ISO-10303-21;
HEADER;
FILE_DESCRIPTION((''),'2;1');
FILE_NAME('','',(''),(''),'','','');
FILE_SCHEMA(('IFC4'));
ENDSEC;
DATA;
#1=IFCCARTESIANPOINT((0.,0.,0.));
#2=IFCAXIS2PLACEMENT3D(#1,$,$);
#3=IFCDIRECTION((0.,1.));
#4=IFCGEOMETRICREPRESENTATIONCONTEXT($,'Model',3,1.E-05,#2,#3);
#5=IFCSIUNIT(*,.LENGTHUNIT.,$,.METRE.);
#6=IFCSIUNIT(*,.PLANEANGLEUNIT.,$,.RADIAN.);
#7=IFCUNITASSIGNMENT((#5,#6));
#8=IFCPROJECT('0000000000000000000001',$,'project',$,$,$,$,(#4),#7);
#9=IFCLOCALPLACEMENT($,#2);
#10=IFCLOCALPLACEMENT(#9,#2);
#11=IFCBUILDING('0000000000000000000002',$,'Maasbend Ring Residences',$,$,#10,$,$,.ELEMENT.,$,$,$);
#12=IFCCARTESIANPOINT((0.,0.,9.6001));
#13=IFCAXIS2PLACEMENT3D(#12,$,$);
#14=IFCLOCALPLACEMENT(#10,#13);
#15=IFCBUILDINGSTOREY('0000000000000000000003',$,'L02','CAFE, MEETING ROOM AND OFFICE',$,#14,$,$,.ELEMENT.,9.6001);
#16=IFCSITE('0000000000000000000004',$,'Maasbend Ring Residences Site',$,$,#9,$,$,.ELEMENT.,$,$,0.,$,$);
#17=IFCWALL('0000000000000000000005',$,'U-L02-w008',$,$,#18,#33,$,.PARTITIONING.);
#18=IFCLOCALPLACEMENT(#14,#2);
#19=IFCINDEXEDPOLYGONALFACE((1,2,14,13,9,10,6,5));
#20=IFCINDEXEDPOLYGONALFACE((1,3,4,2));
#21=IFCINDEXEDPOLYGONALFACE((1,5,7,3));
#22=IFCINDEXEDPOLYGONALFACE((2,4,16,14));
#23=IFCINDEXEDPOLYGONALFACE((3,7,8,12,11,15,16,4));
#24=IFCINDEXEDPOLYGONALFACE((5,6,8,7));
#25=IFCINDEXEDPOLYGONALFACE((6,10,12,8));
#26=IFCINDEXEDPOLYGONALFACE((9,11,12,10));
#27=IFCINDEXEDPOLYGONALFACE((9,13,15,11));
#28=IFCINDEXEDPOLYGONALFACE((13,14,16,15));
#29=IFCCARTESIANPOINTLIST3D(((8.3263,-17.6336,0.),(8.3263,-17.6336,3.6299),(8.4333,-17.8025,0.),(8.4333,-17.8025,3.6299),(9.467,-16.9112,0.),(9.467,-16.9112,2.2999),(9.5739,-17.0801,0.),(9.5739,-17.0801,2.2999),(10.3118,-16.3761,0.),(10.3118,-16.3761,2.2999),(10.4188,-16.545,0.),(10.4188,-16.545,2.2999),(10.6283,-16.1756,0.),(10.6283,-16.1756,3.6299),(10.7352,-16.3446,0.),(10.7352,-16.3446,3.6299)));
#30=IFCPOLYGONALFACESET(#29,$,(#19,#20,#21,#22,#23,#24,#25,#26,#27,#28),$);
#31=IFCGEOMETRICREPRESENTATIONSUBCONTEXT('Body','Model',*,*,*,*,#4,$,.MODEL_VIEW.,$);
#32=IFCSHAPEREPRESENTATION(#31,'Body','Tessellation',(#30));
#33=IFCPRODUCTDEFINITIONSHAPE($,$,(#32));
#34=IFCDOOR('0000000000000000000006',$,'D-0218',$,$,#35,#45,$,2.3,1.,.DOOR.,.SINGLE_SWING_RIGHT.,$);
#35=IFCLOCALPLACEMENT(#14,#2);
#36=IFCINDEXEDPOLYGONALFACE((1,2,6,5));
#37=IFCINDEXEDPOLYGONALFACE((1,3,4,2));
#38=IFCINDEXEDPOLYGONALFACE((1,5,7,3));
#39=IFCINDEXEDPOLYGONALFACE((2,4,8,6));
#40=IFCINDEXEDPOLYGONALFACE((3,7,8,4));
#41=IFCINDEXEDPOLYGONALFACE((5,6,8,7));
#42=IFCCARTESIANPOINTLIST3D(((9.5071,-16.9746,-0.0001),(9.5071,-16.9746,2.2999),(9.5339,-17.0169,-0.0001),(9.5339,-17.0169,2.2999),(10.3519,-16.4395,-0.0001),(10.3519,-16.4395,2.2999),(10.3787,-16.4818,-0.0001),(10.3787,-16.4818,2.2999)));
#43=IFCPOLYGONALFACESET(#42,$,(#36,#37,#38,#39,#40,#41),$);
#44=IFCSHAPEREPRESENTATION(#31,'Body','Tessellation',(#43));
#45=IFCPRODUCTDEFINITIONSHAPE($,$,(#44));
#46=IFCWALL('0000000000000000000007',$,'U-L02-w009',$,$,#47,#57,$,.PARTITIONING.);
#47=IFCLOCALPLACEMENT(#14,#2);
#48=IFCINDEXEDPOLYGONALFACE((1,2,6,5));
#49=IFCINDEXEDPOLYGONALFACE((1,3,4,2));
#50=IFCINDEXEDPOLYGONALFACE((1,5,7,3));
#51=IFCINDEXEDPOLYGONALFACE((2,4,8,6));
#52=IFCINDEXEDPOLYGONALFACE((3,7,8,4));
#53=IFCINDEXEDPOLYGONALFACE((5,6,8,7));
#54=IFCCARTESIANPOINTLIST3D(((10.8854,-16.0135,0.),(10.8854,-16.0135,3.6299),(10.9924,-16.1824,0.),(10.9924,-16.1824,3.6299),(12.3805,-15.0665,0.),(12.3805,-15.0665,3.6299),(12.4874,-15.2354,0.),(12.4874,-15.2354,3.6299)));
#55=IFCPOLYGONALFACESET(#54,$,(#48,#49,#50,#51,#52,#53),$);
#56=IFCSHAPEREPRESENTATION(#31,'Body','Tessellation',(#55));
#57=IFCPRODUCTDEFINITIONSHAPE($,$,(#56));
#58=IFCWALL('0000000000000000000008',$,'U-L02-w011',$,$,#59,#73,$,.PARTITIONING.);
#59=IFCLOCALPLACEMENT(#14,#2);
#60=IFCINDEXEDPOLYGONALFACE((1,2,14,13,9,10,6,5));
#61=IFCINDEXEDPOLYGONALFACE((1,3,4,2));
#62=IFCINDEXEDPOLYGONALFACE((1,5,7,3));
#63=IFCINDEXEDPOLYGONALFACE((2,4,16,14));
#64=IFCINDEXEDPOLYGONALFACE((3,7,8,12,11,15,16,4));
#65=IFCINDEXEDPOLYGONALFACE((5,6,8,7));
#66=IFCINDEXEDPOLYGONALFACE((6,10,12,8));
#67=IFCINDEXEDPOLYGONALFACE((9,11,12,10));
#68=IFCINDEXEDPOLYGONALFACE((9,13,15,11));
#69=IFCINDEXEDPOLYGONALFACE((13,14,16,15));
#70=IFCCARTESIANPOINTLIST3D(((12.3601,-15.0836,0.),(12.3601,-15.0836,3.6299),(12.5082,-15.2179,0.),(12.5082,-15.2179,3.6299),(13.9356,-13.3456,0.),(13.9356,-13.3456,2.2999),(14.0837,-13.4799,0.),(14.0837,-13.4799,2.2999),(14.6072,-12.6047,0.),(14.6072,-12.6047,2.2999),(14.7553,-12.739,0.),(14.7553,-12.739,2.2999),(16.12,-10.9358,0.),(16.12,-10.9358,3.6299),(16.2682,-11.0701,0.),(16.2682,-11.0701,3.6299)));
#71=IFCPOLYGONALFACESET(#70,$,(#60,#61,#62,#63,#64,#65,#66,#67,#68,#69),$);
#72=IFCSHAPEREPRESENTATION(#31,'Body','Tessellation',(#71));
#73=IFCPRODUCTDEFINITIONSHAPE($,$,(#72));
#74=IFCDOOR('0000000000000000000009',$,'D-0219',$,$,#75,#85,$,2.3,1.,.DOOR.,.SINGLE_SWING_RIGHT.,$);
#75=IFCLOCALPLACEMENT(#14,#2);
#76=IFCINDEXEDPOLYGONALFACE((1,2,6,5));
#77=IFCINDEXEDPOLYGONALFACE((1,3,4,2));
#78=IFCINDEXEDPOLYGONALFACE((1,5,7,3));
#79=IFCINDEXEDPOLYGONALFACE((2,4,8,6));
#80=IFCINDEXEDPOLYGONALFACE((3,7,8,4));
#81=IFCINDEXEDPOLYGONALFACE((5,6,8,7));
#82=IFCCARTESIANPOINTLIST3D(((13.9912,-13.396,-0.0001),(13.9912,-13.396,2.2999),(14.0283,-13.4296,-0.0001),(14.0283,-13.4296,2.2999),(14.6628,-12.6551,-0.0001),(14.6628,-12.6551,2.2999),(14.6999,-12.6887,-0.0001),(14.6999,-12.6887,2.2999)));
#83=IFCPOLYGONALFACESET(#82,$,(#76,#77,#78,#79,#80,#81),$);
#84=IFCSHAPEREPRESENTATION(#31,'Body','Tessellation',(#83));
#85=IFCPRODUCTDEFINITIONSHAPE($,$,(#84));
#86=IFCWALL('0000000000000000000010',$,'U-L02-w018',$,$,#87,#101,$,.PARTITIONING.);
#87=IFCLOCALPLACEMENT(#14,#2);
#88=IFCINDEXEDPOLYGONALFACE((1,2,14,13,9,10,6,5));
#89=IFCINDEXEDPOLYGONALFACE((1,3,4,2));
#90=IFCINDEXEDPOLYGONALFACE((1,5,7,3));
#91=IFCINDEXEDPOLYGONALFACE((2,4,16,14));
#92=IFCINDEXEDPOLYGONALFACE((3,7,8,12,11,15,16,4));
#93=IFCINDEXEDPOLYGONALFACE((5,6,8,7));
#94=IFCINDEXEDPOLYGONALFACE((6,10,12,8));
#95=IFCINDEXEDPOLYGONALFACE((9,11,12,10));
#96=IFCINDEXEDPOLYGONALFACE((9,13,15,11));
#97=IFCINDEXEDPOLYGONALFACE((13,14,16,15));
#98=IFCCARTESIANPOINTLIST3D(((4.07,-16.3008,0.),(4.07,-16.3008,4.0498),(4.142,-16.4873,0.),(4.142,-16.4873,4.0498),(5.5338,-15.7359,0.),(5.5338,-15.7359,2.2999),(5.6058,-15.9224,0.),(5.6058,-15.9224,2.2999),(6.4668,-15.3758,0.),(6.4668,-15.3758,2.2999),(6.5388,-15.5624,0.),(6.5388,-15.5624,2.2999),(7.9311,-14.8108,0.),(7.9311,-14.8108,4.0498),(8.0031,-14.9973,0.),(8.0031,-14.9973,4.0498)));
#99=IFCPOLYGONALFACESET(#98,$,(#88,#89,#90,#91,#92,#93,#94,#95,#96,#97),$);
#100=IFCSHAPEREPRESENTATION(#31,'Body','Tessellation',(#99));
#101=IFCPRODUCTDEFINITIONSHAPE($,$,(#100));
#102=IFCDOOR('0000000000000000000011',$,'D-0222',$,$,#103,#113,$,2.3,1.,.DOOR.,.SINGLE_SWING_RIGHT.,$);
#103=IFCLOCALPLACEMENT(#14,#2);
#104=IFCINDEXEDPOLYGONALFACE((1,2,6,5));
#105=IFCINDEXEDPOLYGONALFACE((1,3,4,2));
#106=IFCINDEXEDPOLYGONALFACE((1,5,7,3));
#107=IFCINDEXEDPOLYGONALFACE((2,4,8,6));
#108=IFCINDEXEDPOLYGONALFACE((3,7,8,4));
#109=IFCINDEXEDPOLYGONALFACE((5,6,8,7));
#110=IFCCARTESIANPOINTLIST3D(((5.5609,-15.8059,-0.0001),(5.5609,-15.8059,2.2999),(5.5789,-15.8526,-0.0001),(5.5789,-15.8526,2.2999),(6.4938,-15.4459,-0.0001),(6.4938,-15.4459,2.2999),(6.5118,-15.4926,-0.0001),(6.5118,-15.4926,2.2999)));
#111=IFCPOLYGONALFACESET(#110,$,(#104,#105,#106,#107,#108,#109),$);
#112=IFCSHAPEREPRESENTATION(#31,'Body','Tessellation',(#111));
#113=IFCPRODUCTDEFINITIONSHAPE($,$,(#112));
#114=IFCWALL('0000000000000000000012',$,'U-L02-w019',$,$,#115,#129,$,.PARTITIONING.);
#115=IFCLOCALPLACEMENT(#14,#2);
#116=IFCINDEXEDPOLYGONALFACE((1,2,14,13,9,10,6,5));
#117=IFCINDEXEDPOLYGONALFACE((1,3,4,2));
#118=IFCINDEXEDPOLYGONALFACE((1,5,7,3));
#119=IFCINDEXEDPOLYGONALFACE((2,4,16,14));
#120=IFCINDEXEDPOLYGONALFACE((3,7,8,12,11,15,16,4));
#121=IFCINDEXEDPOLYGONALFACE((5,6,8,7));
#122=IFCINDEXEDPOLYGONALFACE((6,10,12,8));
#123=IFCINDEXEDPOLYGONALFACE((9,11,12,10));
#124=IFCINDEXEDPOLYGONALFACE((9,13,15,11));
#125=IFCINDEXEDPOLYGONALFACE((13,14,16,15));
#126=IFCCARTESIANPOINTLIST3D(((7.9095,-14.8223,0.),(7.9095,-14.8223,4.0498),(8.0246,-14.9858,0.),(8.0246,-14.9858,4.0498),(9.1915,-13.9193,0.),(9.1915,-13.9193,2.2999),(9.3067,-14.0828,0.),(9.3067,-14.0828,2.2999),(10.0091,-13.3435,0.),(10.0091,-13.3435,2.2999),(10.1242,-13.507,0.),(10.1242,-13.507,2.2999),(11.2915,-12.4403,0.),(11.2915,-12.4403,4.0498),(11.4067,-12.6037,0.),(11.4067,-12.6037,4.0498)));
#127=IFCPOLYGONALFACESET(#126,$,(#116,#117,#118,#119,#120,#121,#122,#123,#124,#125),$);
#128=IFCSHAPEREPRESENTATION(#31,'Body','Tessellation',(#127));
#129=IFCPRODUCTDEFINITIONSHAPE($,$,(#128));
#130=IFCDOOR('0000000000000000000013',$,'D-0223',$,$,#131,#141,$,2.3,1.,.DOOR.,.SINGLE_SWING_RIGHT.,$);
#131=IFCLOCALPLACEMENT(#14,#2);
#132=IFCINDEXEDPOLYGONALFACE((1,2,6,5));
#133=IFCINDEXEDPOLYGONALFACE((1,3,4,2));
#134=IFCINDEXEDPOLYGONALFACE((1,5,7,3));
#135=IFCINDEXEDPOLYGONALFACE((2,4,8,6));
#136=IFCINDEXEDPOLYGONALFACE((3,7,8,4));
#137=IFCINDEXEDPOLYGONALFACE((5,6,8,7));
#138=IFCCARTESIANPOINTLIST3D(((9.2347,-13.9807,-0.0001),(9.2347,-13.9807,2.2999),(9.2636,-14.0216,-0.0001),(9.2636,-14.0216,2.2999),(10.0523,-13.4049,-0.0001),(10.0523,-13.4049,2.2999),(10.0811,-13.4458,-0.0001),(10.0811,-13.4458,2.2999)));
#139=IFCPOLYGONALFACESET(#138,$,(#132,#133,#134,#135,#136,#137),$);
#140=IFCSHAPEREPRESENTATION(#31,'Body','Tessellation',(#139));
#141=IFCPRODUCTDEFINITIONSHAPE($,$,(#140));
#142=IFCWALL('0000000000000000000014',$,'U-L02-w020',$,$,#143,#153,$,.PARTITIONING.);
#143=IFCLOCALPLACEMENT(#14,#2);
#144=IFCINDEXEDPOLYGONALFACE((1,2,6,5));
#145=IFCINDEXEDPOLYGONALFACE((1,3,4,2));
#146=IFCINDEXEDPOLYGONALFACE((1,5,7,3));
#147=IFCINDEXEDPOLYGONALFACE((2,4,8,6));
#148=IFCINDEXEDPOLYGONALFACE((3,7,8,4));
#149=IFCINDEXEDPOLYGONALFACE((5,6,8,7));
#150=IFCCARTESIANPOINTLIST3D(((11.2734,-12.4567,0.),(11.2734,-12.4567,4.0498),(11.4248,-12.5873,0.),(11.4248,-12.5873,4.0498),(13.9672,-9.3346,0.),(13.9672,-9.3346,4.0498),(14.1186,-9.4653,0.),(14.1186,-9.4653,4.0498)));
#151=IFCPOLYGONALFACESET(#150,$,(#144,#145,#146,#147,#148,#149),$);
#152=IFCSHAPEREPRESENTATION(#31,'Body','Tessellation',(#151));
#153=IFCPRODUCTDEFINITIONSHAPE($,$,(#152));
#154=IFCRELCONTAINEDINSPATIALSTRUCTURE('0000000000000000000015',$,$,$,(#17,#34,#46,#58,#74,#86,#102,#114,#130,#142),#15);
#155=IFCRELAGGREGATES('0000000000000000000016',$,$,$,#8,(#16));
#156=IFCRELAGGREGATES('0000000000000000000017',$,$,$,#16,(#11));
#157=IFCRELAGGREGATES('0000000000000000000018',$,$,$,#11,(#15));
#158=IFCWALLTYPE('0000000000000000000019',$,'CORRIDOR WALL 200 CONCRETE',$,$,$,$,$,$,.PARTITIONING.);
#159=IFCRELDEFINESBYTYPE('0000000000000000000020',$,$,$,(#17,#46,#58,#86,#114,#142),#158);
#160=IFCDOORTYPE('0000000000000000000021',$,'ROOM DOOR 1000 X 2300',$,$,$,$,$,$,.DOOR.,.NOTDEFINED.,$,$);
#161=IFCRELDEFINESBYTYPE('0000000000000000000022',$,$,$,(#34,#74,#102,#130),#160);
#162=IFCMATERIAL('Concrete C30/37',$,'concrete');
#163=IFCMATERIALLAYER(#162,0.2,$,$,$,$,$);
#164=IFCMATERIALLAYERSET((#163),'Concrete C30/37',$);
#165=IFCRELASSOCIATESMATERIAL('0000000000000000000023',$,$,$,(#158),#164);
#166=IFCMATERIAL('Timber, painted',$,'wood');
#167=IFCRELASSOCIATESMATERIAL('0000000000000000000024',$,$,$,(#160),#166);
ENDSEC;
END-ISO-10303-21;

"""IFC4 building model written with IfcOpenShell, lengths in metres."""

from ifc_helpers import new_model, si_unit, direction, frame, frame_2d, origin, place, context, subcontext, project, spatial, rectangle, extrude, material, layer, layer_set, type_object, element, fill, save


model = new_model("IFC4")

# Units and contexts
model_context = context("Model", 3, precision=1e-05, world=origin(), true_north=direction((0.0, 1.0)))
body_context = subcontext(model_context, "Body", "Model", "MODEL_VIEW")
ifc_project = project(units=[si_unit("LENGTHUNIT", "METRE"), si_unit("PLANEANGLEUNIT", "RADIAN")], contexts=[model_context])

# Site, building, storey
site_placement = place(None, origin())
site = spatial("IfcSite", under=ifc_project, at=site_placement, Name="Maasbend Ring Residences Site", CompositionType="ELEMENT", RefElevation=0.0)
building_placement = place(site_placement, origin())
building = spatial("IfcBuilding", under=site, at=building_placement, Name="Maasbend Ring Residences", CompositionType="ELEMENT")
storey_placement = place(building_placement, frame((0.0, 0.0, 9.6001)))
storey = spatial("IfcBuildingStorey", under=building, at=storey_placement, Name="L02", Description="CAFE, MEETING ROOM AND OFFICE", CompositionType="ELEMENT", Elevation=9.6001)

# Wall, opening, door
ifc_material_1 = material(Name="Concrete C30/37", Category="concrete")
ifc_layer_1 = layer(ifc_material_1, 0.2)
ifc_layer_set_1 = layer_set([ifc_layer_1], Name="Concrete C30/37")
wall_type_1 = type_object("IfcWallType", Name="CORRIDOR WALL 200 CONCRETE", PredefinedType="PARTITIONING", material=ifc_layer_set_1)
wall_1_placement = place(storey_placement, frame((8.3799, -17.718, 0.0), z_axis=(0.0, 0.0, 1.0), x_axis=(0.844807, 0.535071, 0.0)))
wall_1 = element("IfcWall", 1, at=wall_1_placement, inside=storey, type_object=wall_type_1, Name="U-L02-w008", PredefinedType="PARTITIONING", context=body_context, shape_type="SweptSolid", body=[
    extrude(rectangle(XDim=2.7249, YDim=0.2, at=frame_2d((1.3623, 0.0))), origin(), (0.0, 0.0, 1.0), 3.6299),
])
opening_1_placement = place(wall_1_placement, frame((1.3501, 0.0, 0.0)))
opening_1 = element("IfcOpeningElement", 2, at=opening_1_placement, cuts=wall_1, PredefinedType="OPENING", context=body_context, shape_type="SweptSolid", body=[
    extrude(rectangle(XDim=1.0, YDim=2.3, at=frame_2d((0.5, 1.1499))), frame((0.0, 0.1099, 0.0), z_axis=(0.0, -1.0, 0.0), x_axis=(1.0, 0.0, 0.0)), (0.0, 0.0, 1.0), 0.22),
])
ifc_material_2 = material(Name="Timber, painted", Category="wood")
door_type_1 = type_object("IfcDoorType", Name="ROOM DOOR 1000 X 2300", OperationType="NOTDEFINED", PredefinedType="DOOR", material=ifc_material_2)
door_1_placement = place(opening_1_placement, origin())
door_1 = element("IfcDoor", 3, at=door_1_placement, inside=storey, type_object=door_type_1, Name="D-0218", OperationType="SINGLE_SWING_RIGHT", OverallHeight=2.3, OverallWidth=1.0, PredefinedType="DOOR", context=body_context, shape_type="SweptSolid", body=[
    extrude(rectangle(XDim=1.0, YDim=2.3, at=frame_2d((0.5, 1.1499))), frame((0.0, 0.0249, 0.0), z_axis=(0.0, -1.0, 0.0), x_axis=(1.0, 0.0, 0.0)), (0.0, 0.0, 1.0), 0.05),
])
fill(opening_1, door_1)

# Wall
wall_2_placement = place(storey_placement, frame((10.939, -16.0979, 0.0), z_axis=(0.0, 0.0, 1.0), x_axis=(0.84479, 0.535098, 0.0)))
element("IfcWall", 4, at=wall_2_placement, inside=storey, type_object=wall_type_1, Name="U-L02-w009", PredefinedType="PARTITIONING", context=body_context, shape_type="SweptSolid", body=[
    extrude(rectangle(XDim=1.7698, YDim=0.2, at=frame_2d((0.8848, 0.0))), origin(), (0.0, 0.0, 1.0), 3.6299),
])

# Walls, openings, doors
wall_3_placement = place(storey_placement, frame((12.4341, -15.1509, 0.0), z_axis=(0.0, 0.0, 1.0), x_axis=(0.671611, 0.740904, 0.0)))
wall_3 = element("IfcWall", 5, at=wall_3_placement, inside=storey, type_object=wall_type_1, Name="U-L02-w011", PredefinedType="PARTITIONING", context=body_context, shape_type="SweptSolid", body=[
    extrude(rectangle(XDim=5.5984, YDim=0.2, at=frame_2d((2.7993, 0.0))), origin(), (0.0, 0.0, 1.0), 3.6299),
])
opening_2_placement = place(wall_3_placement, frame((2.3459, 0.0, 0.0)))
opening_2 = element("IfcOpeningElement", 6, at=opening_2_placement, cuts=wall_3, PredefinedType="OPENING", context=body_context, shape_type="SweptSolid", body=[
    extrude(rectangle(XDim=1.0, YDim=2.3, at=frame_2d((0.5, 1.1499))), frame((0.0, 0.1099, 0.0), z_axis=(0.0, -1.0, 0.0), x_axis=(1.0, 0.0, 0.0)), (0.0, 0.0, 1.0), 0.22),
])
door_2_placement = place(opening_2_placement, origin())
door_2 = element("IfcDoor", 7, at=door_2_placement, inside=storey, type_object=door_type_1, Name="D-0219", OperationType="SINGLE_SWING_RIGHT", OverallHeight=2.3, OverallWidth=1.0, PredefinedType="DOOR", context=body_context, shape_type="SweptSolid", body=[
    extrude(rectangle(XDim=1.0, YDim=2.3, at=frame_2d((0.5, 1.1499))), frame((0.0, 0.0249, 0.0), z_axis=(0.0, -1.0, 0.0), x_axis=(1.0, 0.0, 0.0)), (0.0, 0.0, 1.0), 0.05),
])
fill(opening_2, door_2)
wall_4_placement = place(storey_placement, frame((4.106, -16.394, 0.0), z_axis=(0.0, 0.0, 1.0), x_axis=(0.932944, 0.360022, 0.0)))
wall_4 = element("IfcWall", 8, at=wall_4_placement, inside=storey, type_object=wall_type_1, Name="U-L02-w018", PredefinedType="PARTITIONING", context=body_context, shape_type="SweptSolid", body=[
    extrude(rectangle(XDim=4.1387, YDim=0.2, at=frame_2d((2.0693, 0.0))), origin(), (0.0, 0.0, 1.0), 4.0498),
])
opening_3_placement = place(wall_4_placement, frame((1.5691, 0.0, 0.0)))
opening_3 = element("IfcOpeningElement", 9, at=opening_3_placement, cuts=wall_4, PredefinedType="OPENING", context=body_context, shape_type="SweptSolid", body=[
    extrude(rectangle(XDim=1.0, YDim=2.3, at=frame_2d((0.5, 1.1499))), frame((0.0, 0.1099, 0.0), z_axis=(0.0, -1.0, 0.0), x_axis=(1.0, 0.0, 0.0)), (0.0, 0.0, 1.0), 0.22),
])
door_3_placement = place(opening_3_placement, origin())
door_3 = element("IfcDoor", 10, at=door_3_placement, inside=storey, type_object=door_type_1, Name="D-0222", OperationType="SINGLE_SWING_RIGHT", OverallHeight=2.3, OverallWidth=1.0, PredefinedType="DOOR", context=body_context, shape_type="SweptSolid", body=[
    extrude(rectangle(XDim=1.0, YDim=2.3, at=frame_2d((0.5, 1.1499))), frame((0.0, 0.0249, 0.0), z_axis=(0.0, -1.0, 0.0), x_axis=(1.0, 0.0, 0.0)), (0.0, 0.0, 1.0), 0.05),
])
fill(opening_3, door_3)
wall_5_placement = place(storey_placement, frame((7.967, -14.9041, 0.0), z_axis=(0.0, 0.0, 1.0), x_axis=(0.817568, 0.575833, 0.0)))
wall_5 = element("IfcWall", 11, at=wall_5_placement, inside=storey, type_object=wall_type_1, Name="U-L02-w019", PredefinedType="PARTITIONING", context=body_context, shape_type="SweptSolid", body=[
    extrude(rectangle(XDim=4.1367, YDim=0.2, at=frame_2d((2.0684, 0.0))), origin(), (0.0, 0.0, 1.0), 4.0498),
])
opening_4_placement = place(wall_5_placement, frame((1.5681, 0.0, 0.0)))
opening_4 = element("IfcOpeningElement", 12, at=opening_4_placement, cuts=wall_5, PredefinedType="OPENING", context=body_context, shape_type="SweptSolid", body=[
    extrude(rectangle(XDim=1.0, YDim=2.3, at=frame_2d((0.5, 1.1499))), frame((0.0, 0.1099, 0.0), z_axis=(0.0, -1.0, 0.0), x_axis=(1.0, 0.0, 0.0)), (0.0, 0.0, 1.0), 0.22),
])
door_4_placement = place(opening_4_placement, origin())
door_4 = element("IfcDoor", 13, at=door_4_placement, inside=storey, type_object=door_type_1, Name="D-0223", OperationType="SINGLE_SWING_RIGHT", OverallHeight=2.3, OverallWidth=1.0, PredefinedType="DOOR", context=body_context, shape_type="SweptSolid", body=[
    extrude(rectangle(XDim=1.0, YDim=2.3, at=frame_2d((0.5, 1.1499))), frame((0.0, 0.0249, 0.0), z_axis=(0.0, -1.0, 0.0), x_axis=(1.0, 0.0, 0.0)), (0.0, 0.0, 1.0), 0.05),
])
fill(opening_4, door_4)

# Wall
wall_6_placement = place(storey_placement, frame((11.3491, -12.522, 0.0), z_axis=(0.0, 0.0, 1.0), x_axis=(0.653275, 0.757121, 0.0)))
element("IfcWall", 14, at=wall_6_placement, inside=storey, type_object=wall_type_1, Name="U-L02-w020", PredefinedType="PARTITIONING", context=body_context, shape_type="SweptSolid", body=[
    extrude(rectangle(XDim=4.1235, YDim=0.2, at=frame_2d((2.0618, 0.0))), origin(), (0.0, 0.0, 1.0), 4.0498),
])

save(model, "model.ifc")
